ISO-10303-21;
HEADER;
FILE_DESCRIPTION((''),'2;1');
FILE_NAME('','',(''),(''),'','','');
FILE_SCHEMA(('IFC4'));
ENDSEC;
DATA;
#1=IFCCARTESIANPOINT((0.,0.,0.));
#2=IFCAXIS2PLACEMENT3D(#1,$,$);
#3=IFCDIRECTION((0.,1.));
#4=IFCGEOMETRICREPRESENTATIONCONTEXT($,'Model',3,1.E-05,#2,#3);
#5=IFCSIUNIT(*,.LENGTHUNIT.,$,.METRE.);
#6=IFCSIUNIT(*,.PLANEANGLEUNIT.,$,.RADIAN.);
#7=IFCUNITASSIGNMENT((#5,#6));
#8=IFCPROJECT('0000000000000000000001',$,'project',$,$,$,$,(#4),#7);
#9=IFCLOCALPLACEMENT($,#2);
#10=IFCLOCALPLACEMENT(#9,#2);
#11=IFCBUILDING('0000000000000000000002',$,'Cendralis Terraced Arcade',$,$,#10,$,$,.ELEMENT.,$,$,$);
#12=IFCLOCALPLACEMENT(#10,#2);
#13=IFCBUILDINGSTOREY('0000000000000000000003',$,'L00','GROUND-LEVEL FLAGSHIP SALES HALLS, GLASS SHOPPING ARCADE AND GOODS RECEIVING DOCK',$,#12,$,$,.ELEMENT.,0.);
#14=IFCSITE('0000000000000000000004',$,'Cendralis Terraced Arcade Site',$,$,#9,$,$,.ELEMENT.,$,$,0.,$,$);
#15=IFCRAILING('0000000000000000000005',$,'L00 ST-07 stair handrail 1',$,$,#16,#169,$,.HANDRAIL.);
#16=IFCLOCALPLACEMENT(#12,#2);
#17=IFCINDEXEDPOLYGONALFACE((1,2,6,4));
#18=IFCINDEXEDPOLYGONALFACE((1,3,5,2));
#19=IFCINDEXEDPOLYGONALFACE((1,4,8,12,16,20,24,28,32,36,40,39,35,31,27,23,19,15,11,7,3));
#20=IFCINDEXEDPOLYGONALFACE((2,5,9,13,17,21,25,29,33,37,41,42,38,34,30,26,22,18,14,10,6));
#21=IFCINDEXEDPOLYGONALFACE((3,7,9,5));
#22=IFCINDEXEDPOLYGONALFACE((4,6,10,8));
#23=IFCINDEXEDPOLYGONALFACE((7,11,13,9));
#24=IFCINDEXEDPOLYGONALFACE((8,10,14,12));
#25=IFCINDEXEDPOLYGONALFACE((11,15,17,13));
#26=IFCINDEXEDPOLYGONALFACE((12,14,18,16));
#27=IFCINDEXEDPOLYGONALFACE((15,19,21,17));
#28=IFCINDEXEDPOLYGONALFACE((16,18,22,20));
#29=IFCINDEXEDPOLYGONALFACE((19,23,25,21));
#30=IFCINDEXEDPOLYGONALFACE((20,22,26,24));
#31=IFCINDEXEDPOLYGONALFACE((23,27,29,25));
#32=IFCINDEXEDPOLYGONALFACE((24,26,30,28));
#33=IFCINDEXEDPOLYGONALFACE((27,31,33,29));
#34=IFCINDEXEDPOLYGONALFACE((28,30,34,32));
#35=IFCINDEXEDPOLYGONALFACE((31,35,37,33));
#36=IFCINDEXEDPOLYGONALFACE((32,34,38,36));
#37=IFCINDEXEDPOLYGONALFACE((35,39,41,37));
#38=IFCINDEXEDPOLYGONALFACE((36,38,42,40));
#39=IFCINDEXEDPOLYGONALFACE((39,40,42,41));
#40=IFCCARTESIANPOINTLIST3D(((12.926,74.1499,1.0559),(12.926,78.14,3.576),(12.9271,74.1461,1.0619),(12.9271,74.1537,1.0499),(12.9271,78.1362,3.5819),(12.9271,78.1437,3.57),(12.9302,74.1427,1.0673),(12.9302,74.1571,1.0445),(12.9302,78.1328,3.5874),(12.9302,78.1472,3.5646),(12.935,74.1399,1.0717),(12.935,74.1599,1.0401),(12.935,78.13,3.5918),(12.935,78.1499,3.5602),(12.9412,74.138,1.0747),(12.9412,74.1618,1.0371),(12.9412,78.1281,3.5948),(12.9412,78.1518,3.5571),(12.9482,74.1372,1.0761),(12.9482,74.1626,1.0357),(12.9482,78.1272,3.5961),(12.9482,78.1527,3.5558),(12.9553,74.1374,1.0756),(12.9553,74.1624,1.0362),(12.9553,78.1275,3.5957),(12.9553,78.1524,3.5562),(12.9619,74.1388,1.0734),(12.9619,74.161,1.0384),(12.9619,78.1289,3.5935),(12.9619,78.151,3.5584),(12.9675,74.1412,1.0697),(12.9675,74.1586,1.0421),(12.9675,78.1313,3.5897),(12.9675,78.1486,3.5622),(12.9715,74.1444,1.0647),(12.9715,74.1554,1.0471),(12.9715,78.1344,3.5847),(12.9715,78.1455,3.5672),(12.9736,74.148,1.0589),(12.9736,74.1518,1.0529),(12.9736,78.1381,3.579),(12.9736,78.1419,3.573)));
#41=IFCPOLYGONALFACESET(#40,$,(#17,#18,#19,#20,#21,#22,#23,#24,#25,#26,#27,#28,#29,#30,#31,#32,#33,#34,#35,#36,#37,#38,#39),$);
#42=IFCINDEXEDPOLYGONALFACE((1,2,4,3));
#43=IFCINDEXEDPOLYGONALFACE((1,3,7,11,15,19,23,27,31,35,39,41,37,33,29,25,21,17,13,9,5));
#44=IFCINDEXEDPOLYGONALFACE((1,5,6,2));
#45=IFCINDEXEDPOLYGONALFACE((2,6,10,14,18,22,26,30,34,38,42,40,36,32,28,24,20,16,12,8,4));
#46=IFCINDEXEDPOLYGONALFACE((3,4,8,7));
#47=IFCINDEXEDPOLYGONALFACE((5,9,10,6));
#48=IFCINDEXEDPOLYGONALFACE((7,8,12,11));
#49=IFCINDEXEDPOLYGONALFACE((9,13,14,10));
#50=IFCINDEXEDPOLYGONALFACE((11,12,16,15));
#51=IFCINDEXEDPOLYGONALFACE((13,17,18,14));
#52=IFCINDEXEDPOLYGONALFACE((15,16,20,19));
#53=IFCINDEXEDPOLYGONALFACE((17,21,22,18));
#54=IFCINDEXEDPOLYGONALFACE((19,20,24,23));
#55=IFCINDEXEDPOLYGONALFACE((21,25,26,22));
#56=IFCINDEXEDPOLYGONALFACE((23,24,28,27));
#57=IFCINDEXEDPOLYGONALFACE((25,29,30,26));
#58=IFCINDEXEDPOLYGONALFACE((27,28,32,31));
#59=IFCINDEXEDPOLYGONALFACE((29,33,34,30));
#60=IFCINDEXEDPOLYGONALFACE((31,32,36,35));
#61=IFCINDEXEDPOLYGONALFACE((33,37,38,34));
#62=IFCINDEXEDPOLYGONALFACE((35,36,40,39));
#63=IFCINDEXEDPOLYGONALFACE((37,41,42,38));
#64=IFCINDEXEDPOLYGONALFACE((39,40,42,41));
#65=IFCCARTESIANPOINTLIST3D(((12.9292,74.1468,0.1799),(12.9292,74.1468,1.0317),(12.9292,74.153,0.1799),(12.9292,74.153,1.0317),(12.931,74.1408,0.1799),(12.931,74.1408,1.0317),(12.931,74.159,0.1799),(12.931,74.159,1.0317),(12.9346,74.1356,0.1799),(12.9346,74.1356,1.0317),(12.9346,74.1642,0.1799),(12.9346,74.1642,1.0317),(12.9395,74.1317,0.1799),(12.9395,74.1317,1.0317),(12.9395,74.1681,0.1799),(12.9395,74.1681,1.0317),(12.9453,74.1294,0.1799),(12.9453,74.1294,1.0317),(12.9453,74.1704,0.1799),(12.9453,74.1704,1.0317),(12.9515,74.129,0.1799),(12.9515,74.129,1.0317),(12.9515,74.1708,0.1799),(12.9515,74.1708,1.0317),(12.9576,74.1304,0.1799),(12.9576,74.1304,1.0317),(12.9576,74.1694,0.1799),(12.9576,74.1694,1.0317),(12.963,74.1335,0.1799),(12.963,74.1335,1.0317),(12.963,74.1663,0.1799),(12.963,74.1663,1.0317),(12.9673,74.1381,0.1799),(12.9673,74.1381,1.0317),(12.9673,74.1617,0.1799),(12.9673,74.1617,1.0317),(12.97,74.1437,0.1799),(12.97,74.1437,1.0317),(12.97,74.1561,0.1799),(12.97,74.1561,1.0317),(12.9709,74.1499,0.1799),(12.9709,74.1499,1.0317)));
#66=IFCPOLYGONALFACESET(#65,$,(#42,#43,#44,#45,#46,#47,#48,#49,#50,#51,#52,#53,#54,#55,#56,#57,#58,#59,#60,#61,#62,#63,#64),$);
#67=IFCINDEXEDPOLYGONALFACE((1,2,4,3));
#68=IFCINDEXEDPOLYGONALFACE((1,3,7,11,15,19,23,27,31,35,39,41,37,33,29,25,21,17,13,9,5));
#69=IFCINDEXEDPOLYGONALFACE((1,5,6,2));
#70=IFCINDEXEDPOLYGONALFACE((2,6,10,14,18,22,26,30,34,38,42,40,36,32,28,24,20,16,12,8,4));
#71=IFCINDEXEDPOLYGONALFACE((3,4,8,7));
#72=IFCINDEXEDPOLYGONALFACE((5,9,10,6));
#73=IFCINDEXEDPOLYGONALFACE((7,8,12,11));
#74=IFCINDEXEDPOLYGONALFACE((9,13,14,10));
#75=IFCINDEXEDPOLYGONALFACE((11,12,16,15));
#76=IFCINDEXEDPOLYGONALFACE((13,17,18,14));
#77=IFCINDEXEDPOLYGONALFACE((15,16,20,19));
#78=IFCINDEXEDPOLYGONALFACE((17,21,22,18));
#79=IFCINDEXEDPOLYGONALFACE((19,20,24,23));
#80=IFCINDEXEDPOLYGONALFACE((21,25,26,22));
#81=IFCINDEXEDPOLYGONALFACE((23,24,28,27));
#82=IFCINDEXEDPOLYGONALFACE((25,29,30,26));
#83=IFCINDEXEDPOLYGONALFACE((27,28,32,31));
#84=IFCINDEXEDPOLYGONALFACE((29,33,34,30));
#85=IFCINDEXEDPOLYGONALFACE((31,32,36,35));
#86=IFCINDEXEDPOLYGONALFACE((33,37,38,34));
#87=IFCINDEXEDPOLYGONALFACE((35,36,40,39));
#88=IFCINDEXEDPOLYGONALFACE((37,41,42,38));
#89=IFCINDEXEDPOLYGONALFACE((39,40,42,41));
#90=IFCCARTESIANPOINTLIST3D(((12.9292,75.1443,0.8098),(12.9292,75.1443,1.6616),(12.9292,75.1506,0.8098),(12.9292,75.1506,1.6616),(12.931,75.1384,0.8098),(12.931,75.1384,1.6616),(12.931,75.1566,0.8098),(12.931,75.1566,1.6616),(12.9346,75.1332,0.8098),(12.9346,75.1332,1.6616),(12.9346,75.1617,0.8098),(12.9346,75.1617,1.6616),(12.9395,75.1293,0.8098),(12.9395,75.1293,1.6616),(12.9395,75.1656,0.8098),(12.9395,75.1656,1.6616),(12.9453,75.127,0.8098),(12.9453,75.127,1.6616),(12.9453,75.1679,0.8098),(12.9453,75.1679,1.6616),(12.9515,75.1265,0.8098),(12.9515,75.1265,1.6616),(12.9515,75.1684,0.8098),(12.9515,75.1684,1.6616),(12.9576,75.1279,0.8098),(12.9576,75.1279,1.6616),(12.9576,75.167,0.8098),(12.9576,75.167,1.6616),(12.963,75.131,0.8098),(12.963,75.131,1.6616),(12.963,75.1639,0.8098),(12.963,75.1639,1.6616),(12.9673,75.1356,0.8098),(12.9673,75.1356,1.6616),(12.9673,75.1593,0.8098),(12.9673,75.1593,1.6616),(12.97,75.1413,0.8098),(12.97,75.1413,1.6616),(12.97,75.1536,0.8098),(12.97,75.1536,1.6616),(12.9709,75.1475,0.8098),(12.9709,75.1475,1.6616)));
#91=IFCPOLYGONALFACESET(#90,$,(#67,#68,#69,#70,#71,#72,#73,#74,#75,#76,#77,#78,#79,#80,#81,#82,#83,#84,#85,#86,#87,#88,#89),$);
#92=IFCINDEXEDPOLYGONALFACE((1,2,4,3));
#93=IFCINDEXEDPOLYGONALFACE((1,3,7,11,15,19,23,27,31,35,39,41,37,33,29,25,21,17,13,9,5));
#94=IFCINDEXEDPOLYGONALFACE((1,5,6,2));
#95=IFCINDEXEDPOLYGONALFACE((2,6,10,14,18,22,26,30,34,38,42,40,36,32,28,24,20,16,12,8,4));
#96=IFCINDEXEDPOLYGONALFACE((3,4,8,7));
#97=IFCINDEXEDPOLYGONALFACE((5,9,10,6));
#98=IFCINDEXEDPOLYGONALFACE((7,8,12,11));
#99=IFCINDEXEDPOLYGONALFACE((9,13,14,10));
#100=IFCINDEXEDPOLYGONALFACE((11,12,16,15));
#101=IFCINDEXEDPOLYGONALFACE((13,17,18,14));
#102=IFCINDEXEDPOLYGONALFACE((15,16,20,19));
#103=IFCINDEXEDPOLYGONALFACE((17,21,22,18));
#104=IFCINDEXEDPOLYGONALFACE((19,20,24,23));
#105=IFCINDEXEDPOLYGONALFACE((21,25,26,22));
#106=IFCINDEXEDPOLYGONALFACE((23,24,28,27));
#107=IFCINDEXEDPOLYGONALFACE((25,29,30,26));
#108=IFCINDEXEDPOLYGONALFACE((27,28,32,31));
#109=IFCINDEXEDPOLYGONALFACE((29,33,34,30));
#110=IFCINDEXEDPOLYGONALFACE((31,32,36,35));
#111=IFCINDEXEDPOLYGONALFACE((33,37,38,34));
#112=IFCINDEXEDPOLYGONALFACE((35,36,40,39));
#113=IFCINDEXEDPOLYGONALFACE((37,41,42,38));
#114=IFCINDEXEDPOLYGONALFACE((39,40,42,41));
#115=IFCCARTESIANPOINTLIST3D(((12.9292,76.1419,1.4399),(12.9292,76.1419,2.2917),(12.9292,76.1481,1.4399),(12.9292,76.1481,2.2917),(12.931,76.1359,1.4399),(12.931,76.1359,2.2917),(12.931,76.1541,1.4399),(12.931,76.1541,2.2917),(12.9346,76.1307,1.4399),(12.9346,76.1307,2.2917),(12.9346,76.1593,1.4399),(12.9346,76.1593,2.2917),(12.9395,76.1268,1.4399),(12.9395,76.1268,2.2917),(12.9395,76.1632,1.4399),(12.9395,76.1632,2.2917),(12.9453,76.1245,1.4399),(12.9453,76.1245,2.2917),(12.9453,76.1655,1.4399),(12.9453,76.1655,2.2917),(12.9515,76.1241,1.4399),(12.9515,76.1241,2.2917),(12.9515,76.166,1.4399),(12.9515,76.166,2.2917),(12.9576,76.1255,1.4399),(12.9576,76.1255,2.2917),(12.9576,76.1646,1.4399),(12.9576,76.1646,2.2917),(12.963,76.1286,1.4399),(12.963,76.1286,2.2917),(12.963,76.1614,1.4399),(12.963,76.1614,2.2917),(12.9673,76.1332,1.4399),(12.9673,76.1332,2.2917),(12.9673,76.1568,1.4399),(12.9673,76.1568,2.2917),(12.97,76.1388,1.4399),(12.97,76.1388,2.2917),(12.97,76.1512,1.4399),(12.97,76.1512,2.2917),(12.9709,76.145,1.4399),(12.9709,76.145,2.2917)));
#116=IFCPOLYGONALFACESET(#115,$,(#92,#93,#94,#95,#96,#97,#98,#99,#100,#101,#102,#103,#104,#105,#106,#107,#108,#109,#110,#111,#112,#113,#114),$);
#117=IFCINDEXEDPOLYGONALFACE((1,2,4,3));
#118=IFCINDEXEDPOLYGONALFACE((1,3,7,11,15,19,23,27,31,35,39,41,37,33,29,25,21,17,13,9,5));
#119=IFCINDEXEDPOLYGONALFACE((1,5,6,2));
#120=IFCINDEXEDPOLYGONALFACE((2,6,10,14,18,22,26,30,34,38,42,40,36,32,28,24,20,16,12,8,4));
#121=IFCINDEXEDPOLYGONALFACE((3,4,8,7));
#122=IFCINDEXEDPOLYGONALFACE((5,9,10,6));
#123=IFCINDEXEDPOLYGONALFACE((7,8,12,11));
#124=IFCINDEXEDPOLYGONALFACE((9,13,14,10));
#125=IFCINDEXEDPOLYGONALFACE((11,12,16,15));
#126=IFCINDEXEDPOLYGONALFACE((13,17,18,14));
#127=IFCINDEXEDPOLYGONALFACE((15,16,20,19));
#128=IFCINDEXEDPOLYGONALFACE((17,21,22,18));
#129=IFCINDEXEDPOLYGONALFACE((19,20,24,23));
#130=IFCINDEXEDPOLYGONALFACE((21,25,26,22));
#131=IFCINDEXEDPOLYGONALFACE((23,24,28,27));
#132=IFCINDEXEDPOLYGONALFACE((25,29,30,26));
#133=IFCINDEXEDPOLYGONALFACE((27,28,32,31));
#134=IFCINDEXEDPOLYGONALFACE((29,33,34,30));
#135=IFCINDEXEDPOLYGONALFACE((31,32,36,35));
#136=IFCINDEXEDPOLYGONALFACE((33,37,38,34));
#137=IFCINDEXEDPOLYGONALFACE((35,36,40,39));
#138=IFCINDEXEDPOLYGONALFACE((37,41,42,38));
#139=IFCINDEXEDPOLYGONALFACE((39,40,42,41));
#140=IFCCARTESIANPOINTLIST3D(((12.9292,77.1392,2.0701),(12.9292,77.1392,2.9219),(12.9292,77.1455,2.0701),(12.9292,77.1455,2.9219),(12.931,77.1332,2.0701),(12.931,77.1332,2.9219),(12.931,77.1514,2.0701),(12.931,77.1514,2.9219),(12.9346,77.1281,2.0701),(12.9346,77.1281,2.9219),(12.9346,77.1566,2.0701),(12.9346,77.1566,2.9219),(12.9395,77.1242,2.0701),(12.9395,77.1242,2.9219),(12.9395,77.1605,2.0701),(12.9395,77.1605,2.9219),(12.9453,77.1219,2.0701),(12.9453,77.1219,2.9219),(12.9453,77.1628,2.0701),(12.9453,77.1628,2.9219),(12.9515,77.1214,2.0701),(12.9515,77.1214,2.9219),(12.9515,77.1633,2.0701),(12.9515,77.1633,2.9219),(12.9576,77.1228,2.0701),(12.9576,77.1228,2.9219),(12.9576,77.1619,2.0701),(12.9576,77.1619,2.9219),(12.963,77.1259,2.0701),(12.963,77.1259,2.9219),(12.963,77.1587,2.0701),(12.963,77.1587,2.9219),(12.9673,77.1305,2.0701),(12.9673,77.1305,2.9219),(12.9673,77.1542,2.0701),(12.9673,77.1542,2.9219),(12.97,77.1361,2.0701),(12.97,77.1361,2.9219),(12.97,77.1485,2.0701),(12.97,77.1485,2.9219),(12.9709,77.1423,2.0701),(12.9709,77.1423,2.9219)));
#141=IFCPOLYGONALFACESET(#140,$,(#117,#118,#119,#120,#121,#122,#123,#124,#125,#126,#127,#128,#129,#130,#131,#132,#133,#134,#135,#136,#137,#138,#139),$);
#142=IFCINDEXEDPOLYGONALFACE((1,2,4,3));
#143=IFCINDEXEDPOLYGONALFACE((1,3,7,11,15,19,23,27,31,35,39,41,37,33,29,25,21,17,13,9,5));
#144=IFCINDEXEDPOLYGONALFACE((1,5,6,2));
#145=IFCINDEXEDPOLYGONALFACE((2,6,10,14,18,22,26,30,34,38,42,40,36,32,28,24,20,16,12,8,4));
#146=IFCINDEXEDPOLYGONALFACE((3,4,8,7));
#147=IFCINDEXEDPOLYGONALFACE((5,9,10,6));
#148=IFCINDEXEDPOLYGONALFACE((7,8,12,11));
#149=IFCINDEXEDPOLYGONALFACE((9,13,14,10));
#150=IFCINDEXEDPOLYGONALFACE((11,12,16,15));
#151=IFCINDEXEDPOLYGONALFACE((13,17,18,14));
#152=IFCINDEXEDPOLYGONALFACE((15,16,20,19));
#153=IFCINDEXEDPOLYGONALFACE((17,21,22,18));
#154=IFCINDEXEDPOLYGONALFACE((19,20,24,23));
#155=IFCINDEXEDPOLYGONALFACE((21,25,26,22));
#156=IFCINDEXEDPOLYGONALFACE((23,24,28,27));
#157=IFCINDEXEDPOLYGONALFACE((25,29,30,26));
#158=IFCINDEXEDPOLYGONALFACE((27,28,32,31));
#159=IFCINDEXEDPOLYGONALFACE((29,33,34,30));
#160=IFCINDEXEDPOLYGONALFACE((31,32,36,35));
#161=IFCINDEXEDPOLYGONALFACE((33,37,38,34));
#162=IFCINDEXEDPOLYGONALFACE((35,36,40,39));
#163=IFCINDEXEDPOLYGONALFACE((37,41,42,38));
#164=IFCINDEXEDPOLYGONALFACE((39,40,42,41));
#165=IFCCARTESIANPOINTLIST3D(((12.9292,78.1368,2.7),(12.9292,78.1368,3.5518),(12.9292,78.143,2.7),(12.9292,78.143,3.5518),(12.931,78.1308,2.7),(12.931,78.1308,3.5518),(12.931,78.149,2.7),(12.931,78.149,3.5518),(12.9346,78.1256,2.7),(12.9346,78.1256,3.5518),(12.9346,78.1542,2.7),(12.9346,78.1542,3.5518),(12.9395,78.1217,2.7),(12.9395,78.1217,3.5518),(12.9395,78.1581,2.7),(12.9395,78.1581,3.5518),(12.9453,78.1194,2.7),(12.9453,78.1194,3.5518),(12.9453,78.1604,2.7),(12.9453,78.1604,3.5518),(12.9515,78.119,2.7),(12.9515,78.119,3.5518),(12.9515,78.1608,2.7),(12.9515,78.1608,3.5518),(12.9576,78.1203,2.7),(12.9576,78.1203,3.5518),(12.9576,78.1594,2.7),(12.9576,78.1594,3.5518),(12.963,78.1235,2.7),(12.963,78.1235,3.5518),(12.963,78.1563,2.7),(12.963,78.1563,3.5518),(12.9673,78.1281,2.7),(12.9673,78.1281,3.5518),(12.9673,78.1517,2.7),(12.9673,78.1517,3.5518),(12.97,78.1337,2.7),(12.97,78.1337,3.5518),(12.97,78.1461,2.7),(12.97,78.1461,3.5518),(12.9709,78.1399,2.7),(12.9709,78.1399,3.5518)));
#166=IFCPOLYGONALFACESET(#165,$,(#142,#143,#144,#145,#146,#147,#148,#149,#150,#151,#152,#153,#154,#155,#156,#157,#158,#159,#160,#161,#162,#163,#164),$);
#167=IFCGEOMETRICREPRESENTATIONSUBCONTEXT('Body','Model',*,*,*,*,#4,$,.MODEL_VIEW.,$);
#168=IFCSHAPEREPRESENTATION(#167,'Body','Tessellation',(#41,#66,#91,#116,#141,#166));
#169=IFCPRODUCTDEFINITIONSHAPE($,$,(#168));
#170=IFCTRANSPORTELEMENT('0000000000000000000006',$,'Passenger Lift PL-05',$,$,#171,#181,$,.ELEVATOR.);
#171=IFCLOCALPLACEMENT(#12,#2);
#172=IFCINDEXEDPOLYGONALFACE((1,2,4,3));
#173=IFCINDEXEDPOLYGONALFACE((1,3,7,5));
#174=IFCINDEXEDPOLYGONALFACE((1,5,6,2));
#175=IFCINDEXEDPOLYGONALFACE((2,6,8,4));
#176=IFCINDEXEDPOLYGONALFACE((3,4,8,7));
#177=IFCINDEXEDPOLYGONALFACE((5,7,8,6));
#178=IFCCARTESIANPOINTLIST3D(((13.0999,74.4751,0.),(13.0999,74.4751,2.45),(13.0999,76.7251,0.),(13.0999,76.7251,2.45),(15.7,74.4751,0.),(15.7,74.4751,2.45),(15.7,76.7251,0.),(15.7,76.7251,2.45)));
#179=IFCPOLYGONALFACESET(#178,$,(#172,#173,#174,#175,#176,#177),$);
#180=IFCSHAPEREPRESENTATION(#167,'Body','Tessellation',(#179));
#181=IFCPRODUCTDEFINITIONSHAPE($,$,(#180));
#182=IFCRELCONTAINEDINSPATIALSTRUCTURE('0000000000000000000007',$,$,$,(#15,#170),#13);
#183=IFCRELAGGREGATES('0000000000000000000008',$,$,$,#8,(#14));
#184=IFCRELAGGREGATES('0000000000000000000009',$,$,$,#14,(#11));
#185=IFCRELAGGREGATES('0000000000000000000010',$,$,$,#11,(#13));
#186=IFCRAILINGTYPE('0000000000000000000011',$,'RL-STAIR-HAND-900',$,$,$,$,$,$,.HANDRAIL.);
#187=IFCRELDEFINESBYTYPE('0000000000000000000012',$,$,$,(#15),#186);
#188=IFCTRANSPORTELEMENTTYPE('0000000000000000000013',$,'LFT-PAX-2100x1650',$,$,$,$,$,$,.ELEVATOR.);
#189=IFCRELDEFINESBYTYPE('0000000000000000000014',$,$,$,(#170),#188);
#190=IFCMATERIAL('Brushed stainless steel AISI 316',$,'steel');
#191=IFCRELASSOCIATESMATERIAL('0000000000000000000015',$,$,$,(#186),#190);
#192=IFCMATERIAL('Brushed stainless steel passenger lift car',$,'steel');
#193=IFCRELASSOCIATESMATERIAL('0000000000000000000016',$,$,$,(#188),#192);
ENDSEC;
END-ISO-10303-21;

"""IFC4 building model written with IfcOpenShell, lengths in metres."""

from ifc_helpers import new_model, si_unit, direction, frame, origin, origin_2d, place, context, subcontext, project, spatial, rectangle, circle, extrude, material, type_object, element, save


model = new_model("IFC4")

# Units and contexts
model_context = context("Model", 3, precision=1e-05, world=origin(), true_north=direction((0.0, 1.0)))
body_context = subcontext(model_context, "Body", "Model", "MODEL_VIEW")
ifc_project = project(units=[si_unit("LENGTHUNIT", "METRE"), si_unit("PLANEANGLEUNIT", "RADIAN")], contexts=[model_context])

# Site, building, storey
site_placement = place(None, origin())
site = spatial("IfcSite", under=ifc_project, at=site_placement, Name="Cendralis Terraced Arcade Site", CompositionType="ELEMENT", RefElevation=0.0)
building_placement = place(site_placement, origin())
building = spatial("IfcBuilding", under=site, at=building_placement, Name="Cendralis Terraced Arcade", CompositionType="ELEMENT")
storey_placement = place(building_placement, origin())
storey = spatial("IfcBuildingStorey", under=building, at=storey_placement, Name="L00", Description="GROUND-LEVEL FLAGSHIP SALES HALLS, GLASS SHOPPING ARCADE AND GOODS RECEIVING DOCK", CompositionType="ELEMENT", Elevation=0.0)

# Railing
ifc_material_1 = material(Name="Brushed stainless steel AISI 316", Category="steel")
railing_type = type_object("IfcRailingType", Name="RL-STAIR-HAND-900", PredefinedType="HANDRAIL", material=ifc_material_1)
railing_placement = place(storey_placement, frame((12.95, 74.1499, 0.1799)))
element("IfcRailing", 1, at=railing_placement, inside=storey, type_object=railing_type, Name="L00 ST-07 stair handrail 1", PredefinedType="HANDRAIL", context=body_context, shape_type="SweptSolid", body=[
    extrude(circle(Radius=0.0239, at=origin_2d()), frame((0.0, 0.0, 0.876), z_axis=(0.0, 0.845486, 0.533997), x_axis=(-1.0, 0.0, 0.0)), (0.0, 0.0, 1.0), 4.7192),
    extrude(circle(Radius=0.021, at=origin_2d()), origin(), (0.0, 0.0, 1.0), 0.8518),
    extrude(circle(Radius=0.021, at=origin_2d()), frame((0.0, 0.9976, 0.6299)), (0.0, 0.0, 1.0), 0.8518),
    extrude(circle(Radius=0.021, at=origin_2d()), frame((0.0, 1.9951, 1.26)), (0.0, 0.0, 1.0), 0.8518),
    extrude(circle(Radius=0.021, at=origin_2d()), frame((0.0, 2.9924, 1.8901)), (0.0, 0.0, 1.0), 0.8518),
    extrude(circle(Radius=0.021, at=origin_2d()), frame((0.0, 3.99, 2.52)), (0.0, 0.0, 1.0), 0.8518),
])

# Transport element
ifc_material_2 = material(Name="Brushed stainless steel passenger lift car", Category="steel")
transport_element_type = type_object("IfcTransportElementType", Name="LFT-PAX-2100x1650", PredefinedType="ELEVATOR", material=ifc_material_2)
transport_element_placement = place(storey_placement, frame((14.3999, 75.6001, 0.0), z_axis=(0.0, 0.0, 1.0), x_axis=(1.0, 0.0, 0.0)))
element("IfcTransportElement", 2, at=transport_element_placement, inside=storey, type_object=transport_element_type, Name="Passenger Lift PL-05", PredefinedType="ELEVATOR", context=body_context, shape_type="SweptSolid", body=[
    extrude(rectangle(XDim=2.6001, YDim=2.25, at=origin_2d()), origin(), (0.0, 0.0, 1.0), 2.45),
])

save(model, "model.ifc")
